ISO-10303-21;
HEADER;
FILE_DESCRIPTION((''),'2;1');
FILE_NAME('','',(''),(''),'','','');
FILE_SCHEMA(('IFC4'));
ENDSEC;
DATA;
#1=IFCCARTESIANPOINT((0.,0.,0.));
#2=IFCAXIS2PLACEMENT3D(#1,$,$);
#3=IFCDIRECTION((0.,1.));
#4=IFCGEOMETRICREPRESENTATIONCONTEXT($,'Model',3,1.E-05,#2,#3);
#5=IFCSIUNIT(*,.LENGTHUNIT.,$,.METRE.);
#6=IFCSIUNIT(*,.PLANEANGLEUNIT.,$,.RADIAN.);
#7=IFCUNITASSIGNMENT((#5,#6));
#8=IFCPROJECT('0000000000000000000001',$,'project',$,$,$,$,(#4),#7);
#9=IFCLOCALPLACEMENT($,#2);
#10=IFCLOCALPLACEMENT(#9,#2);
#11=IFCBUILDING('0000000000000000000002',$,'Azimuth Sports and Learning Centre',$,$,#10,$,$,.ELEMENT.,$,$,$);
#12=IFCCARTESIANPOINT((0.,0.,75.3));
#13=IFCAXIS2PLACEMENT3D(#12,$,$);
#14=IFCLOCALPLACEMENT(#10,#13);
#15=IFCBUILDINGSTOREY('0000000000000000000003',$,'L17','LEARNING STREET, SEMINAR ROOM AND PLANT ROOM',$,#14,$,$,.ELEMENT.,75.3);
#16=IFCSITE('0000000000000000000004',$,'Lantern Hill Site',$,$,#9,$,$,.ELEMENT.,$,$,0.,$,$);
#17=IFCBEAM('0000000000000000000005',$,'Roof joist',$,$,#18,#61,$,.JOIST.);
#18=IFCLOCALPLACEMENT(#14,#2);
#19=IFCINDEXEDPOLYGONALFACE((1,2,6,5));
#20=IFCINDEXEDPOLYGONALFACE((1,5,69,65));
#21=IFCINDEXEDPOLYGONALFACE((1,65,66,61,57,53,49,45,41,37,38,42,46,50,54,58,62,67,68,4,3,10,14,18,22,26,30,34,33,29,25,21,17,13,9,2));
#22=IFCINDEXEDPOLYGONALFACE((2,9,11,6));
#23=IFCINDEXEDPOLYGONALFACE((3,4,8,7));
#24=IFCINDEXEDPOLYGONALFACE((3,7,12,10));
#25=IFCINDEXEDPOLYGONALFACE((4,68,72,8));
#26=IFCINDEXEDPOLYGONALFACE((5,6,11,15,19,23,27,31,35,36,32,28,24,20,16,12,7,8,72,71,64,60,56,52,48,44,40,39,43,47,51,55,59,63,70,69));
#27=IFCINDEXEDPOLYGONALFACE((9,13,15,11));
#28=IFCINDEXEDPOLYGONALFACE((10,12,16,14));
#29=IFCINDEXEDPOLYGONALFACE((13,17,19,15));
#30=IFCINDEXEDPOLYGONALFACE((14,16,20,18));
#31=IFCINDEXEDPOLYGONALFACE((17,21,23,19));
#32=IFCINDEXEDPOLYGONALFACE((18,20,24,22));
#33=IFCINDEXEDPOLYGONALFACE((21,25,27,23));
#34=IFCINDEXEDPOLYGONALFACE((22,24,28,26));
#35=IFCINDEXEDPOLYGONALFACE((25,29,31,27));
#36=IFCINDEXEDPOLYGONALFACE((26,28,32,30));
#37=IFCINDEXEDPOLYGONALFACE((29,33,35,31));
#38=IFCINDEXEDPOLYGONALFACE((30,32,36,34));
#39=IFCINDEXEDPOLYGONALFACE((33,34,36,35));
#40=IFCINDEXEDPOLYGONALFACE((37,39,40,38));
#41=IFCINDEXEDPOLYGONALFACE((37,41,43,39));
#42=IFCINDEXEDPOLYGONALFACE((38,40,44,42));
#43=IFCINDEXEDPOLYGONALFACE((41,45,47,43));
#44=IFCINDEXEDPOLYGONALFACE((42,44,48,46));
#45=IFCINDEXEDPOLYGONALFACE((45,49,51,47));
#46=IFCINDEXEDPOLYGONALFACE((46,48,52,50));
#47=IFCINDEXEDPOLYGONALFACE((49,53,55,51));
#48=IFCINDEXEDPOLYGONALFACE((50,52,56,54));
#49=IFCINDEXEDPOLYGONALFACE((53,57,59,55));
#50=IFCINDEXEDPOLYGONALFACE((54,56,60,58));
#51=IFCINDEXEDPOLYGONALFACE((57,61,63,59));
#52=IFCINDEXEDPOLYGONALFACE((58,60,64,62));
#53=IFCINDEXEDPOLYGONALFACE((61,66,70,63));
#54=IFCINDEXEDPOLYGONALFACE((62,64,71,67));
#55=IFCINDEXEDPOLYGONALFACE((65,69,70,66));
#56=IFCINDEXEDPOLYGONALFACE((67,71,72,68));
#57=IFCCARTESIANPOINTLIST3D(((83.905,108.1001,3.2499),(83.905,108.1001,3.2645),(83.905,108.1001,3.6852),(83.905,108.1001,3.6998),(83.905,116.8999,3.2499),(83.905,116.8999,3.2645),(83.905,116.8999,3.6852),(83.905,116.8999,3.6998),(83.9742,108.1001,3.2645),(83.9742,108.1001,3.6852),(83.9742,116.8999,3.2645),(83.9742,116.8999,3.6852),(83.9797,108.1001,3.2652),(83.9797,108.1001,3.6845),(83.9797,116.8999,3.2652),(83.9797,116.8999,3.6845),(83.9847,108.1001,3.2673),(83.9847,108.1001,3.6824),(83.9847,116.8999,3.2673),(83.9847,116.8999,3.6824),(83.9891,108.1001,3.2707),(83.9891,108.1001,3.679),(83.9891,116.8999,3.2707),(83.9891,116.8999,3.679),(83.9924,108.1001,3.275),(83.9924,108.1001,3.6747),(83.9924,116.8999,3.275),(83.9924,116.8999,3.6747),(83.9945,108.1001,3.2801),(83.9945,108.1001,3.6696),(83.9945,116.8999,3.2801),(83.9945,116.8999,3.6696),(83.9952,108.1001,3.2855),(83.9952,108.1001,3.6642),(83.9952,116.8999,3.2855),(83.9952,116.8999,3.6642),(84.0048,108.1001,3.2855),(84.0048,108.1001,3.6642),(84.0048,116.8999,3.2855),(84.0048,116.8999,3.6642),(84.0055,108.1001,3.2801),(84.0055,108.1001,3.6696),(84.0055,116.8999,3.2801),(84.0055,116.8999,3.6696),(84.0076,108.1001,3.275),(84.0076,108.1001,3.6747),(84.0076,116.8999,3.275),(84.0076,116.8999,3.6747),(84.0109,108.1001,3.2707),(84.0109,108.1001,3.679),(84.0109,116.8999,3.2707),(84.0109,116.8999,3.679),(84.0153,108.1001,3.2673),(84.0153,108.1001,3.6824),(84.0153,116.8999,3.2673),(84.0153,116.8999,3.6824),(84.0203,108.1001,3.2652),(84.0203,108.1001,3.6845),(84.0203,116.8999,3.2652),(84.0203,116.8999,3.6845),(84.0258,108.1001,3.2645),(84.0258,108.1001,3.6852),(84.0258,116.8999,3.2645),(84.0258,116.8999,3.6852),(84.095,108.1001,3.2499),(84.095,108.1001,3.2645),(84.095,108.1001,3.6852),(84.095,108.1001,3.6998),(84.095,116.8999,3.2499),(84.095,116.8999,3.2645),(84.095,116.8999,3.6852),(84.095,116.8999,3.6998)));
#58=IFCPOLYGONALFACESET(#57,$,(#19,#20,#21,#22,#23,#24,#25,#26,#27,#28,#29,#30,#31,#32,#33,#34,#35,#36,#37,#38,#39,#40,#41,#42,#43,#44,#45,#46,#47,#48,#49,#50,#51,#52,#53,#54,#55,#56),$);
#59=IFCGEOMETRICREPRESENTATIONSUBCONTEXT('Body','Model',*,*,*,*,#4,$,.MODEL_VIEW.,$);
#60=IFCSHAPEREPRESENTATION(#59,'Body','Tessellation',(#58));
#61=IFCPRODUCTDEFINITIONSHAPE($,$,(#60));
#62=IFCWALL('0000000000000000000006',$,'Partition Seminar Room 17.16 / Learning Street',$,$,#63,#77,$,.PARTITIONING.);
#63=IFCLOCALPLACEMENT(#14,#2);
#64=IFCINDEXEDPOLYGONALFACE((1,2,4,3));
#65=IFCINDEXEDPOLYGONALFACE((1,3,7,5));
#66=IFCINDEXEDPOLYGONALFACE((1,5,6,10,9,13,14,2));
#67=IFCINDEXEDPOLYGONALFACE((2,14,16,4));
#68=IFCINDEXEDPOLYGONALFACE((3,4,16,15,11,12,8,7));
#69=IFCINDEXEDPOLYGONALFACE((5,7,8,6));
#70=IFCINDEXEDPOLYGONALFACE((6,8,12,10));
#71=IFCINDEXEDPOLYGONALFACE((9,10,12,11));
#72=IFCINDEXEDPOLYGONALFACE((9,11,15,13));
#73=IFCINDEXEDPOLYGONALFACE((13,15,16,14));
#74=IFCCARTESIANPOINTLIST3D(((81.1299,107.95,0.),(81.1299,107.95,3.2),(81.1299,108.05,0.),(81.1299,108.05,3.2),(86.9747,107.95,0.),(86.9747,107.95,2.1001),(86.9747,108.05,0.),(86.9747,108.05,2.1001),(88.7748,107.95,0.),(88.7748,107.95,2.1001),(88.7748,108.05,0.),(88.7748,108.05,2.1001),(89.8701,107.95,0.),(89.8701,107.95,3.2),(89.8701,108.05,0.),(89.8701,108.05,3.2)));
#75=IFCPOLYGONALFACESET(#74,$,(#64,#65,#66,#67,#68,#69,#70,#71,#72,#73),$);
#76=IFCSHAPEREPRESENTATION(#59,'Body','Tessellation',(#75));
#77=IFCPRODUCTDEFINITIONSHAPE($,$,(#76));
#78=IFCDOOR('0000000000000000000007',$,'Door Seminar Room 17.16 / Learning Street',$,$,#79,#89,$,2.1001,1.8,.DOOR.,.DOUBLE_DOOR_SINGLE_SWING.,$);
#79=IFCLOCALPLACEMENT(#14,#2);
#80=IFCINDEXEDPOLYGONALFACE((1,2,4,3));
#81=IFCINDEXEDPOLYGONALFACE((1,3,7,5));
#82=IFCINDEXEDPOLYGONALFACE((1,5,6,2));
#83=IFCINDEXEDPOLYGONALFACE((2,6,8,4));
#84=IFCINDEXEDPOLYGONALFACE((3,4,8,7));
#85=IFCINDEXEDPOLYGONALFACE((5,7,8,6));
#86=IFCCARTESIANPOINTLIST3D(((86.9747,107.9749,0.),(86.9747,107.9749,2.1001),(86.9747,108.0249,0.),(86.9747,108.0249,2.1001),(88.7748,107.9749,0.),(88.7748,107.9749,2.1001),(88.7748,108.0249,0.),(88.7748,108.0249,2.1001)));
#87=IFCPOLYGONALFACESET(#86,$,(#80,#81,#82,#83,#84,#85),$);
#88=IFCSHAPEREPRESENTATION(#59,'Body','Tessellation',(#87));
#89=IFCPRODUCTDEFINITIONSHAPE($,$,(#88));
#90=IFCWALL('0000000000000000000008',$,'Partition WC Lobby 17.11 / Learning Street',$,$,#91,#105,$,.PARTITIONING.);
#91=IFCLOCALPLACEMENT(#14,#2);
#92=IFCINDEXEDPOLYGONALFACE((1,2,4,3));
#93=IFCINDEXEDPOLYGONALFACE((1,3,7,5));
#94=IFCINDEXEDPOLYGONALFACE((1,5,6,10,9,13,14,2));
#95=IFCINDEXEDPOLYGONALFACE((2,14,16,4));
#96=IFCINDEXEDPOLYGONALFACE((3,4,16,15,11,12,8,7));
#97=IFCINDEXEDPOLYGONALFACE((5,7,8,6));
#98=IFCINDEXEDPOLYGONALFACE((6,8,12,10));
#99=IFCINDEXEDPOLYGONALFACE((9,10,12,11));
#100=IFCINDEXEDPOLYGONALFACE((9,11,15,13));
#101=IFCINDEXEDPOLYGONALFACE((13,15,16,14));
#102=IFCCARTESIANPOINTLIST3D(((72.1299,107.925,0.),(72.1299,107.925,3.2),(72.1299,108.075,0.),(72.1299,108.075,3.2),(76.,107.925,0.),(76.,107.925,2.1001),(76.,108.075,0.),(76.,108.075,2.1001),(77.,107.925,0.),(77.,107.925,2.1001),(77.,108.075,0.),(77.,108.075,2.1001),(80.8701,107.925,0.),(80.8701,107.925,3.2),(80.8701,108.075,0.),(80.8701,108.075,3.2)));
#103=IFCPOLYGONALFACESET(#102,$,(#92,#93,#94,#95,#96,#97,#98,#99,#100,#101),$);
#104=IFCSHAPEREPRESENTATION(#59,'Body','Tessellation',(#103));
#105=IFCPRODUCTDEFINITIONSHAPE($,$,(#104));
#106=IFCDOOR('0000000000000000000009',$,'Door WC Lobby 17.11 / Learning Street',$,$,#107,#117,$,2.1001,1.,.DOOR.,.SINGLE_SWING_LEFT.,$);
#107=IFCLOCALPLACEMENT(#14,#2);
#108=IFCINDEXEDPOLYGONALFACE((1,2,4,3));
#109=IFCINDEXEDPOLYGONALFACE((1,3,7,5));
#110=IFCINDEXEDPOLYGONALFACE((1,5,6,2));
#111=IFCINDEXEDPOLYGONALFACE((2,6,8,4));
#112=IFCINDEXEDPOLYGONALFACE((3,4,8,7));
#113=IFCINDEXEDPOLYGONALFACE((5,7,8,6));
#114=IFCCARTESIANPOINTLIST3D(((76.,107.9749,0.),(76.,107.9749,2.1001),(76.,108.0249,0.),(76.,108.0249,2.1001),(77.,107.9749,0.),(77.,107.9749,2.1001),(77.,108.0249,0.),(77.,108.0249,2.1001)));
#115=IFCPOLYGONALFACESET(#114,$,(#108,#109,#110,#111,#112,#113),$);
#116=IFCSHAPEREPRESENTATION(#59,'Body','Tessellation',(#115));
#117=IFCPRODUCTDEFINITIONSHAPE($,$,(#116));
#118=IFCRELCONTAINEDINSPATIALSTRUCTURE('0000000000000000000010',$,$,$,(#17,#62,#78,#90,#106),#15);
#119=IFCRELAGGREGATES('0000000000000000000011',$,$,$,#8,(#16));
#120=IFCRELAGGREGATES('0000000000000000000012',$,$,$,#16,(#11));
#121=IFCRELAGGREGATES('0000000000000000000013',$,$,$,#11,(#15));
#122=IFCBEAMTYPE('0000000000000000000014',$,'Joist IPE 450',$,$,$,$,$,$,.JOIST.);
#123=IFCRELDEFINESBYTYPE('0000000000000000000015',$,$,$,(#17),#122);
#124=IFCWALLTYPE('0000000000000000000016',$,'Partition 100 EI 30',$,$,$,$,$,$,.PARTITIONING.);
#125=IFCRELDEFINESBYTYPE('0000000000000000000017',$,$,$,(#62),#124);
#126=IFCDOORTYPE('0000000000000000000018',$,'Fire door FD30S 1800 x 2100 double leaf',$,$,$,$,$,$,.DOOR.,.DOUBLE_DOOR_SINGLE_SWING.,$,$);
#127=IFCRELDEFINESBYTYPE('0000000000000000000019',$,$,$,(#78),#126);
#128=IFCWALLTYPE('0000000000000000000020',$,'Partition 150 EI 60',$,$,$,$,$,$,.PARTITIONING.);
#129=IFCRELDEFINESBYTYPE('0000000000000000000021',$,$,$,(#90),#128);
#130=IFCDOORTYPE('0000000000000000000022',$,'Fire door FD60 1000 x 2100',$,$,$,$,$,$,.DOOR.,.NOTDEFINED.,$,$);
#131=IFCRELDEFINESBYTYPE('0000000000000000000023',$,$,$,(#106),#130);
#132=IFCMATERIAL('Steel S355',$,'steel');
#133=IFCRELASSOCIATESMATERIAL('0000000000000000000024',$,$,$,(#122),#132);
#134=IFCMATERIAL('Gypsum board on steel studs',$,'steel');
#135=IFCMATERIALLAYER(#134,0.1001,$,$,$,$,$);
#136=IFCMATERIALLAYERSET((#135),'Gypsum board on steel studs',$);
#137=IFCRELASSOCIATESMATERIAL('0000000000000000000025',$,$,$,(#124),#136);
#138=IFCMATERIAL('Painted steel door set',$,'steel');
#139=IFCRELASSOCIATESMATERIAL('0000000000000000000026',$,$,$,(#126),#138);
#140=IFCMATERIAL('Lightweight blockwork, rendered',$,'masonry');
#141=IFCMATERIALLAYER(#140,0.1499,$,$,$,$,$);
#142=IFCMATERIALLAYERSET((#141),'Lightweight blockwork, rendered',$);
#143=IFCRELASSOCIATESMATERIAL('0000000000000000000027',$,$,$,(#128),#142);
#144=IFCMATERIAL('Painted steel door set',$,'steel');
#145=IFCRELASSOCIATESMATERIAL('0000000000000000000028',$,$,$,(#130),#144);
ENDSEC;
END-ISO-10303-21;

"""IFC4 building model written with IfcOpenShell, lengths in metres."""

from ifc_helpers import new_model, si_unit, direction, frame, frame_2d, origin, origin_2d, place, context, subcontext, project, spatial, rectangle, i_section, extrude, material, layer, layer_set, material_profile, profile_set, type_object, element, fill, save


model = new_model("IFC4")

# Units and contexts
model_context = context("Model", 3, precision=1e-05, world=origin(), true_north=direction((0.0, 1.0)))
body_context = subcontext(model_context, "Body", "Model", "MODEL_VIEW")
ifc_project = project(units=[si_unit("LENGTHUNIT", "METRE"), si_unit("PLANEANGLEUNIT", "RADIAN")], contexts=[model_context])

# Site, building, storey
site_placement = place(None, origin())
site = spatial("IfcSite", under=ifc_project, at=site_placement, Name="Lantern Hill Site", CompositionType="ELEMENT", RefElevation=0.0)
building_placement = place(site_placement, origin())
building = spatial("IfcBuilding", under=site, at=building_placement, Name="Azimuth Sports and Learning Centre", CompositionType="ELEMENT")
storey_placement = place(building_placement, frame((0.0, 0.0, 75.3)))
storey = spatial("IfcBuildingStorey", under=building, at=storey_placement, Name="L17", Description="LEARNING STREET, SEMINAR ROOM AND PLANT ROOM", CompositionType="ELEMENT", Elevation=75.3)

# Beam
ifc_material_1 = material(Name="Steel S355", Category="steel")
ifc_material_profile_1 = material_profile(ifc_material_1, i_section(OverallWidth=0.1899, OverallDepth=0.45, WebThickness=0.0095, FlangeThickness=0.0146, FilletRadius=0.021, at=origin_2d()), Name="IPE 450")
ifc_profile_set_1 = profile_set([ifc_material_profile_1], Name="Steel S355")
beam_type_1 = type_object("IfcBeamType", Name="Joist IPE 450", PredefinedType="JOIST", material=ifc_profile_set_1)
for number, where, z_axis, x_axis, name in (
    (1, (84.0, 108.1001, 3.4749), (0.0, 1.0, 0.0), (-1.0, 0.0, 0.0), "Roof joist"),
):
    element("IfcBeam", number, at=place(storey_placement, frame(where, z_axis=z_axis, x_axis=x_axis)), inside=storey, type_object=beam_type_1, Name=name, PredefinedType="JOIST", context=body_context, shape_type="SweptSolid", body=[
        extrude(i_section(OverallWidth=0.1899, OverallDepth=0.45, WebThickness=0.0095, FlangeThickness=0.0146, FilletRadius=0.021, at=origin_2d()), origin(), (0.0, 0.0, 1.0), 8.7998),
    ])

# Walls, openings, doors
ifc_material_2 = material(Name="Gypsum board on steel studs", Category="steel")
ifc_layer_1 = layer(ifc_material_2, 0.1001)
ifc_layer_set_1 = layer_set([ifc_layer_1], Name="Gypsum board on steel studs")
wall_type_1 = type_object("IfcWallType", Name="Partition 100 EI 30", PredefinedType="PARTITIONING", material=ifc_layer_set_1)
wall_1_placement = place(storey_placement, frame((81.1299, 108.0, 0.0), z_axis=(0.0, 0.0, 1.0), x_axis=(1.0, 0.0, 0.0)))
wall_1 = element("IfcWall", 2, at=wall_1_placement, inside=storey, type_object=wall_type_1, Name="Partition Seminar Room 17.16 / Learning Street", PredefinedType="PARTITIONING", context=body_context, shape_type="SweptSolid", body=[
    extrude(rectangle(XDim=8.7402, YDim=0.1001, at=frame_2d((4.3701, 0.0))), origin(), (0.0, 0.0, 1.0), 3.2),
])
opening_1_placement = place(wall_1_placement, frame((5.845, 0.0, 0.0)))
opening_1 = element("IfcOpeningElement", 3, at=opening_1_placement, cuts=wall_1, PredefinedType="OPENING", context=body_context, shape_type="SweptSolid", body=[
    extrude(rectangle(XDim=1.8, YDim=2.1001, at=frame_2d((0.8999, 1.05))), frame((0.0, 0.061, 0.0), z_axis=(0.0, -1.0, 0.0), x_axis=(1.0, 0.0, 0.0)), (0.0, 0.0, 1.0), 0.1221),
])
ifc_material_3 = material(Name="Painted steel door set", Category="steel")
door_type_1 = type_object("IfcDoorType", Name="Fire door FD30S 1800 x 2100 double leaf", OperationType="DOUBLE_DOOR_SINGLE_SWING", PredefinedType="DOOR", material=ifc_material_3)
door_1_placement = place(opening_1_placement, origin())
door_1 = element("IfcDoor", 4, at=door_1_placement, inside=storey, type_object=door_type_1, Name="Door Seminar Room 17.16 / Learning Street", OperationType="DOUBLE_DOOR_SINGLE_SWING", OverallHeight=2.1001, OverallWidth=1.8, PredefinedType="DOOR", context=body_context, shape_type="SweptSolid", body=[
    extrude(rectangle(XDim=1.8, YDim=2.1001, at=frame_2d((0.8999, 1.05))), frame((0.0, 0.0249, 0.0), z_axis=(0.0, -1.0, 0.0), x_axis=(1.0, 0.0, 0.0)), (0.0, 0.0, 1.0), 0.05),
])
fill(opening_1, door_1)
ifc_material_4 = material(Name="Lightweight blockwork, rendered", Category="masonry")
ifc_layer_2 = layer(ifc_material_4, 0.1499)
ifc_layer_set_2 = layer_set([ifc_layer_2], Name="Lightweight blockwork, rendered")
wall_type_2 = type_object("IfcWallType", Name="Partition 150 EI 60", PredefinedType="PARTITIONING", material=ifc_layer_set_2)
wall_2_placement = place(storey_placement, frame((72.1299, 108.0, 0.0), z_axis=(0.0, 0.0, 1.0), x_axis=(1.0, 0.0, 0.0)))
wall_2 = element("IfcWall", 5, at=wall_2_placement, inside=storey, type_object=wall_type_2, Name="Partition WC Lobby 17.11 / Learning Street", PredefinedType="PARTITIONING", context=body_context, shape_type="SweptSolid", body=[
    extrude(rectangle(XDim=8.7402, YDim=0.1499, at=frame_2d((4.3701, 0.0))), origin(), (0.0, 0.0, 1.0), 3.2),
])
opening_2_placement = place(wall_2_placement, frame((3.8701, 0.0, 0.0)))
opening_2 = element("IfcOpeningElement", 6, at=opening_2_placement, cuts=wall_2, PredefinedType="OPENING", context=body_context, shape_type="SweptSolid", body=[
    extrude(rectangle(XDim=1.0, YDim=2.1001, at=frame_2d((0.5, 1.05))), frame((0.0, 0.0859, 0.0), z_axis=(0.0, -1.0, 0.0), x_axis=(1.0, 0.0, 0.0)), (0.0, 0.0, 1.0), 0.1719),
])
ifc_material_5 = material(Name="Painted steel door set", Category="steel")
door_type_2 = type_object("IfcDoorType", Name="Fire door FD60 1000 x 2100", OperationType="NOTDEFINED", PredefinedType="DOOR", material=ifc_material_5)
door_2_placement = place(opening_2_placement, origin())
door_2 = element("IfcDoor", 7, at=door_2_placement, inside=storey, type_object=door_type_2, Name="Door WC Lobby 17.11 / Learning Street", OperationType="SINGLE_SWING_LEFT", OverallHeight=2.1001, OverallWidth=1.0, PredefinedType="DOOR", context=body_context, shape_type="SweptSolid", body=[
    extrude(rectangle(XDim=1.0, YDim=2.1001, at=frame_2d((0.5, 1.05))), frame((0.0, 0.0249, 0.0), z_axis=(0.0, -1.0, 0.0), x_axis=(1.0, 0.0, 0.0)), (0.0, 0.0, 1.0), 0.05),
])
fill(opening_2, door_2)

save(model, "model.ifc")
